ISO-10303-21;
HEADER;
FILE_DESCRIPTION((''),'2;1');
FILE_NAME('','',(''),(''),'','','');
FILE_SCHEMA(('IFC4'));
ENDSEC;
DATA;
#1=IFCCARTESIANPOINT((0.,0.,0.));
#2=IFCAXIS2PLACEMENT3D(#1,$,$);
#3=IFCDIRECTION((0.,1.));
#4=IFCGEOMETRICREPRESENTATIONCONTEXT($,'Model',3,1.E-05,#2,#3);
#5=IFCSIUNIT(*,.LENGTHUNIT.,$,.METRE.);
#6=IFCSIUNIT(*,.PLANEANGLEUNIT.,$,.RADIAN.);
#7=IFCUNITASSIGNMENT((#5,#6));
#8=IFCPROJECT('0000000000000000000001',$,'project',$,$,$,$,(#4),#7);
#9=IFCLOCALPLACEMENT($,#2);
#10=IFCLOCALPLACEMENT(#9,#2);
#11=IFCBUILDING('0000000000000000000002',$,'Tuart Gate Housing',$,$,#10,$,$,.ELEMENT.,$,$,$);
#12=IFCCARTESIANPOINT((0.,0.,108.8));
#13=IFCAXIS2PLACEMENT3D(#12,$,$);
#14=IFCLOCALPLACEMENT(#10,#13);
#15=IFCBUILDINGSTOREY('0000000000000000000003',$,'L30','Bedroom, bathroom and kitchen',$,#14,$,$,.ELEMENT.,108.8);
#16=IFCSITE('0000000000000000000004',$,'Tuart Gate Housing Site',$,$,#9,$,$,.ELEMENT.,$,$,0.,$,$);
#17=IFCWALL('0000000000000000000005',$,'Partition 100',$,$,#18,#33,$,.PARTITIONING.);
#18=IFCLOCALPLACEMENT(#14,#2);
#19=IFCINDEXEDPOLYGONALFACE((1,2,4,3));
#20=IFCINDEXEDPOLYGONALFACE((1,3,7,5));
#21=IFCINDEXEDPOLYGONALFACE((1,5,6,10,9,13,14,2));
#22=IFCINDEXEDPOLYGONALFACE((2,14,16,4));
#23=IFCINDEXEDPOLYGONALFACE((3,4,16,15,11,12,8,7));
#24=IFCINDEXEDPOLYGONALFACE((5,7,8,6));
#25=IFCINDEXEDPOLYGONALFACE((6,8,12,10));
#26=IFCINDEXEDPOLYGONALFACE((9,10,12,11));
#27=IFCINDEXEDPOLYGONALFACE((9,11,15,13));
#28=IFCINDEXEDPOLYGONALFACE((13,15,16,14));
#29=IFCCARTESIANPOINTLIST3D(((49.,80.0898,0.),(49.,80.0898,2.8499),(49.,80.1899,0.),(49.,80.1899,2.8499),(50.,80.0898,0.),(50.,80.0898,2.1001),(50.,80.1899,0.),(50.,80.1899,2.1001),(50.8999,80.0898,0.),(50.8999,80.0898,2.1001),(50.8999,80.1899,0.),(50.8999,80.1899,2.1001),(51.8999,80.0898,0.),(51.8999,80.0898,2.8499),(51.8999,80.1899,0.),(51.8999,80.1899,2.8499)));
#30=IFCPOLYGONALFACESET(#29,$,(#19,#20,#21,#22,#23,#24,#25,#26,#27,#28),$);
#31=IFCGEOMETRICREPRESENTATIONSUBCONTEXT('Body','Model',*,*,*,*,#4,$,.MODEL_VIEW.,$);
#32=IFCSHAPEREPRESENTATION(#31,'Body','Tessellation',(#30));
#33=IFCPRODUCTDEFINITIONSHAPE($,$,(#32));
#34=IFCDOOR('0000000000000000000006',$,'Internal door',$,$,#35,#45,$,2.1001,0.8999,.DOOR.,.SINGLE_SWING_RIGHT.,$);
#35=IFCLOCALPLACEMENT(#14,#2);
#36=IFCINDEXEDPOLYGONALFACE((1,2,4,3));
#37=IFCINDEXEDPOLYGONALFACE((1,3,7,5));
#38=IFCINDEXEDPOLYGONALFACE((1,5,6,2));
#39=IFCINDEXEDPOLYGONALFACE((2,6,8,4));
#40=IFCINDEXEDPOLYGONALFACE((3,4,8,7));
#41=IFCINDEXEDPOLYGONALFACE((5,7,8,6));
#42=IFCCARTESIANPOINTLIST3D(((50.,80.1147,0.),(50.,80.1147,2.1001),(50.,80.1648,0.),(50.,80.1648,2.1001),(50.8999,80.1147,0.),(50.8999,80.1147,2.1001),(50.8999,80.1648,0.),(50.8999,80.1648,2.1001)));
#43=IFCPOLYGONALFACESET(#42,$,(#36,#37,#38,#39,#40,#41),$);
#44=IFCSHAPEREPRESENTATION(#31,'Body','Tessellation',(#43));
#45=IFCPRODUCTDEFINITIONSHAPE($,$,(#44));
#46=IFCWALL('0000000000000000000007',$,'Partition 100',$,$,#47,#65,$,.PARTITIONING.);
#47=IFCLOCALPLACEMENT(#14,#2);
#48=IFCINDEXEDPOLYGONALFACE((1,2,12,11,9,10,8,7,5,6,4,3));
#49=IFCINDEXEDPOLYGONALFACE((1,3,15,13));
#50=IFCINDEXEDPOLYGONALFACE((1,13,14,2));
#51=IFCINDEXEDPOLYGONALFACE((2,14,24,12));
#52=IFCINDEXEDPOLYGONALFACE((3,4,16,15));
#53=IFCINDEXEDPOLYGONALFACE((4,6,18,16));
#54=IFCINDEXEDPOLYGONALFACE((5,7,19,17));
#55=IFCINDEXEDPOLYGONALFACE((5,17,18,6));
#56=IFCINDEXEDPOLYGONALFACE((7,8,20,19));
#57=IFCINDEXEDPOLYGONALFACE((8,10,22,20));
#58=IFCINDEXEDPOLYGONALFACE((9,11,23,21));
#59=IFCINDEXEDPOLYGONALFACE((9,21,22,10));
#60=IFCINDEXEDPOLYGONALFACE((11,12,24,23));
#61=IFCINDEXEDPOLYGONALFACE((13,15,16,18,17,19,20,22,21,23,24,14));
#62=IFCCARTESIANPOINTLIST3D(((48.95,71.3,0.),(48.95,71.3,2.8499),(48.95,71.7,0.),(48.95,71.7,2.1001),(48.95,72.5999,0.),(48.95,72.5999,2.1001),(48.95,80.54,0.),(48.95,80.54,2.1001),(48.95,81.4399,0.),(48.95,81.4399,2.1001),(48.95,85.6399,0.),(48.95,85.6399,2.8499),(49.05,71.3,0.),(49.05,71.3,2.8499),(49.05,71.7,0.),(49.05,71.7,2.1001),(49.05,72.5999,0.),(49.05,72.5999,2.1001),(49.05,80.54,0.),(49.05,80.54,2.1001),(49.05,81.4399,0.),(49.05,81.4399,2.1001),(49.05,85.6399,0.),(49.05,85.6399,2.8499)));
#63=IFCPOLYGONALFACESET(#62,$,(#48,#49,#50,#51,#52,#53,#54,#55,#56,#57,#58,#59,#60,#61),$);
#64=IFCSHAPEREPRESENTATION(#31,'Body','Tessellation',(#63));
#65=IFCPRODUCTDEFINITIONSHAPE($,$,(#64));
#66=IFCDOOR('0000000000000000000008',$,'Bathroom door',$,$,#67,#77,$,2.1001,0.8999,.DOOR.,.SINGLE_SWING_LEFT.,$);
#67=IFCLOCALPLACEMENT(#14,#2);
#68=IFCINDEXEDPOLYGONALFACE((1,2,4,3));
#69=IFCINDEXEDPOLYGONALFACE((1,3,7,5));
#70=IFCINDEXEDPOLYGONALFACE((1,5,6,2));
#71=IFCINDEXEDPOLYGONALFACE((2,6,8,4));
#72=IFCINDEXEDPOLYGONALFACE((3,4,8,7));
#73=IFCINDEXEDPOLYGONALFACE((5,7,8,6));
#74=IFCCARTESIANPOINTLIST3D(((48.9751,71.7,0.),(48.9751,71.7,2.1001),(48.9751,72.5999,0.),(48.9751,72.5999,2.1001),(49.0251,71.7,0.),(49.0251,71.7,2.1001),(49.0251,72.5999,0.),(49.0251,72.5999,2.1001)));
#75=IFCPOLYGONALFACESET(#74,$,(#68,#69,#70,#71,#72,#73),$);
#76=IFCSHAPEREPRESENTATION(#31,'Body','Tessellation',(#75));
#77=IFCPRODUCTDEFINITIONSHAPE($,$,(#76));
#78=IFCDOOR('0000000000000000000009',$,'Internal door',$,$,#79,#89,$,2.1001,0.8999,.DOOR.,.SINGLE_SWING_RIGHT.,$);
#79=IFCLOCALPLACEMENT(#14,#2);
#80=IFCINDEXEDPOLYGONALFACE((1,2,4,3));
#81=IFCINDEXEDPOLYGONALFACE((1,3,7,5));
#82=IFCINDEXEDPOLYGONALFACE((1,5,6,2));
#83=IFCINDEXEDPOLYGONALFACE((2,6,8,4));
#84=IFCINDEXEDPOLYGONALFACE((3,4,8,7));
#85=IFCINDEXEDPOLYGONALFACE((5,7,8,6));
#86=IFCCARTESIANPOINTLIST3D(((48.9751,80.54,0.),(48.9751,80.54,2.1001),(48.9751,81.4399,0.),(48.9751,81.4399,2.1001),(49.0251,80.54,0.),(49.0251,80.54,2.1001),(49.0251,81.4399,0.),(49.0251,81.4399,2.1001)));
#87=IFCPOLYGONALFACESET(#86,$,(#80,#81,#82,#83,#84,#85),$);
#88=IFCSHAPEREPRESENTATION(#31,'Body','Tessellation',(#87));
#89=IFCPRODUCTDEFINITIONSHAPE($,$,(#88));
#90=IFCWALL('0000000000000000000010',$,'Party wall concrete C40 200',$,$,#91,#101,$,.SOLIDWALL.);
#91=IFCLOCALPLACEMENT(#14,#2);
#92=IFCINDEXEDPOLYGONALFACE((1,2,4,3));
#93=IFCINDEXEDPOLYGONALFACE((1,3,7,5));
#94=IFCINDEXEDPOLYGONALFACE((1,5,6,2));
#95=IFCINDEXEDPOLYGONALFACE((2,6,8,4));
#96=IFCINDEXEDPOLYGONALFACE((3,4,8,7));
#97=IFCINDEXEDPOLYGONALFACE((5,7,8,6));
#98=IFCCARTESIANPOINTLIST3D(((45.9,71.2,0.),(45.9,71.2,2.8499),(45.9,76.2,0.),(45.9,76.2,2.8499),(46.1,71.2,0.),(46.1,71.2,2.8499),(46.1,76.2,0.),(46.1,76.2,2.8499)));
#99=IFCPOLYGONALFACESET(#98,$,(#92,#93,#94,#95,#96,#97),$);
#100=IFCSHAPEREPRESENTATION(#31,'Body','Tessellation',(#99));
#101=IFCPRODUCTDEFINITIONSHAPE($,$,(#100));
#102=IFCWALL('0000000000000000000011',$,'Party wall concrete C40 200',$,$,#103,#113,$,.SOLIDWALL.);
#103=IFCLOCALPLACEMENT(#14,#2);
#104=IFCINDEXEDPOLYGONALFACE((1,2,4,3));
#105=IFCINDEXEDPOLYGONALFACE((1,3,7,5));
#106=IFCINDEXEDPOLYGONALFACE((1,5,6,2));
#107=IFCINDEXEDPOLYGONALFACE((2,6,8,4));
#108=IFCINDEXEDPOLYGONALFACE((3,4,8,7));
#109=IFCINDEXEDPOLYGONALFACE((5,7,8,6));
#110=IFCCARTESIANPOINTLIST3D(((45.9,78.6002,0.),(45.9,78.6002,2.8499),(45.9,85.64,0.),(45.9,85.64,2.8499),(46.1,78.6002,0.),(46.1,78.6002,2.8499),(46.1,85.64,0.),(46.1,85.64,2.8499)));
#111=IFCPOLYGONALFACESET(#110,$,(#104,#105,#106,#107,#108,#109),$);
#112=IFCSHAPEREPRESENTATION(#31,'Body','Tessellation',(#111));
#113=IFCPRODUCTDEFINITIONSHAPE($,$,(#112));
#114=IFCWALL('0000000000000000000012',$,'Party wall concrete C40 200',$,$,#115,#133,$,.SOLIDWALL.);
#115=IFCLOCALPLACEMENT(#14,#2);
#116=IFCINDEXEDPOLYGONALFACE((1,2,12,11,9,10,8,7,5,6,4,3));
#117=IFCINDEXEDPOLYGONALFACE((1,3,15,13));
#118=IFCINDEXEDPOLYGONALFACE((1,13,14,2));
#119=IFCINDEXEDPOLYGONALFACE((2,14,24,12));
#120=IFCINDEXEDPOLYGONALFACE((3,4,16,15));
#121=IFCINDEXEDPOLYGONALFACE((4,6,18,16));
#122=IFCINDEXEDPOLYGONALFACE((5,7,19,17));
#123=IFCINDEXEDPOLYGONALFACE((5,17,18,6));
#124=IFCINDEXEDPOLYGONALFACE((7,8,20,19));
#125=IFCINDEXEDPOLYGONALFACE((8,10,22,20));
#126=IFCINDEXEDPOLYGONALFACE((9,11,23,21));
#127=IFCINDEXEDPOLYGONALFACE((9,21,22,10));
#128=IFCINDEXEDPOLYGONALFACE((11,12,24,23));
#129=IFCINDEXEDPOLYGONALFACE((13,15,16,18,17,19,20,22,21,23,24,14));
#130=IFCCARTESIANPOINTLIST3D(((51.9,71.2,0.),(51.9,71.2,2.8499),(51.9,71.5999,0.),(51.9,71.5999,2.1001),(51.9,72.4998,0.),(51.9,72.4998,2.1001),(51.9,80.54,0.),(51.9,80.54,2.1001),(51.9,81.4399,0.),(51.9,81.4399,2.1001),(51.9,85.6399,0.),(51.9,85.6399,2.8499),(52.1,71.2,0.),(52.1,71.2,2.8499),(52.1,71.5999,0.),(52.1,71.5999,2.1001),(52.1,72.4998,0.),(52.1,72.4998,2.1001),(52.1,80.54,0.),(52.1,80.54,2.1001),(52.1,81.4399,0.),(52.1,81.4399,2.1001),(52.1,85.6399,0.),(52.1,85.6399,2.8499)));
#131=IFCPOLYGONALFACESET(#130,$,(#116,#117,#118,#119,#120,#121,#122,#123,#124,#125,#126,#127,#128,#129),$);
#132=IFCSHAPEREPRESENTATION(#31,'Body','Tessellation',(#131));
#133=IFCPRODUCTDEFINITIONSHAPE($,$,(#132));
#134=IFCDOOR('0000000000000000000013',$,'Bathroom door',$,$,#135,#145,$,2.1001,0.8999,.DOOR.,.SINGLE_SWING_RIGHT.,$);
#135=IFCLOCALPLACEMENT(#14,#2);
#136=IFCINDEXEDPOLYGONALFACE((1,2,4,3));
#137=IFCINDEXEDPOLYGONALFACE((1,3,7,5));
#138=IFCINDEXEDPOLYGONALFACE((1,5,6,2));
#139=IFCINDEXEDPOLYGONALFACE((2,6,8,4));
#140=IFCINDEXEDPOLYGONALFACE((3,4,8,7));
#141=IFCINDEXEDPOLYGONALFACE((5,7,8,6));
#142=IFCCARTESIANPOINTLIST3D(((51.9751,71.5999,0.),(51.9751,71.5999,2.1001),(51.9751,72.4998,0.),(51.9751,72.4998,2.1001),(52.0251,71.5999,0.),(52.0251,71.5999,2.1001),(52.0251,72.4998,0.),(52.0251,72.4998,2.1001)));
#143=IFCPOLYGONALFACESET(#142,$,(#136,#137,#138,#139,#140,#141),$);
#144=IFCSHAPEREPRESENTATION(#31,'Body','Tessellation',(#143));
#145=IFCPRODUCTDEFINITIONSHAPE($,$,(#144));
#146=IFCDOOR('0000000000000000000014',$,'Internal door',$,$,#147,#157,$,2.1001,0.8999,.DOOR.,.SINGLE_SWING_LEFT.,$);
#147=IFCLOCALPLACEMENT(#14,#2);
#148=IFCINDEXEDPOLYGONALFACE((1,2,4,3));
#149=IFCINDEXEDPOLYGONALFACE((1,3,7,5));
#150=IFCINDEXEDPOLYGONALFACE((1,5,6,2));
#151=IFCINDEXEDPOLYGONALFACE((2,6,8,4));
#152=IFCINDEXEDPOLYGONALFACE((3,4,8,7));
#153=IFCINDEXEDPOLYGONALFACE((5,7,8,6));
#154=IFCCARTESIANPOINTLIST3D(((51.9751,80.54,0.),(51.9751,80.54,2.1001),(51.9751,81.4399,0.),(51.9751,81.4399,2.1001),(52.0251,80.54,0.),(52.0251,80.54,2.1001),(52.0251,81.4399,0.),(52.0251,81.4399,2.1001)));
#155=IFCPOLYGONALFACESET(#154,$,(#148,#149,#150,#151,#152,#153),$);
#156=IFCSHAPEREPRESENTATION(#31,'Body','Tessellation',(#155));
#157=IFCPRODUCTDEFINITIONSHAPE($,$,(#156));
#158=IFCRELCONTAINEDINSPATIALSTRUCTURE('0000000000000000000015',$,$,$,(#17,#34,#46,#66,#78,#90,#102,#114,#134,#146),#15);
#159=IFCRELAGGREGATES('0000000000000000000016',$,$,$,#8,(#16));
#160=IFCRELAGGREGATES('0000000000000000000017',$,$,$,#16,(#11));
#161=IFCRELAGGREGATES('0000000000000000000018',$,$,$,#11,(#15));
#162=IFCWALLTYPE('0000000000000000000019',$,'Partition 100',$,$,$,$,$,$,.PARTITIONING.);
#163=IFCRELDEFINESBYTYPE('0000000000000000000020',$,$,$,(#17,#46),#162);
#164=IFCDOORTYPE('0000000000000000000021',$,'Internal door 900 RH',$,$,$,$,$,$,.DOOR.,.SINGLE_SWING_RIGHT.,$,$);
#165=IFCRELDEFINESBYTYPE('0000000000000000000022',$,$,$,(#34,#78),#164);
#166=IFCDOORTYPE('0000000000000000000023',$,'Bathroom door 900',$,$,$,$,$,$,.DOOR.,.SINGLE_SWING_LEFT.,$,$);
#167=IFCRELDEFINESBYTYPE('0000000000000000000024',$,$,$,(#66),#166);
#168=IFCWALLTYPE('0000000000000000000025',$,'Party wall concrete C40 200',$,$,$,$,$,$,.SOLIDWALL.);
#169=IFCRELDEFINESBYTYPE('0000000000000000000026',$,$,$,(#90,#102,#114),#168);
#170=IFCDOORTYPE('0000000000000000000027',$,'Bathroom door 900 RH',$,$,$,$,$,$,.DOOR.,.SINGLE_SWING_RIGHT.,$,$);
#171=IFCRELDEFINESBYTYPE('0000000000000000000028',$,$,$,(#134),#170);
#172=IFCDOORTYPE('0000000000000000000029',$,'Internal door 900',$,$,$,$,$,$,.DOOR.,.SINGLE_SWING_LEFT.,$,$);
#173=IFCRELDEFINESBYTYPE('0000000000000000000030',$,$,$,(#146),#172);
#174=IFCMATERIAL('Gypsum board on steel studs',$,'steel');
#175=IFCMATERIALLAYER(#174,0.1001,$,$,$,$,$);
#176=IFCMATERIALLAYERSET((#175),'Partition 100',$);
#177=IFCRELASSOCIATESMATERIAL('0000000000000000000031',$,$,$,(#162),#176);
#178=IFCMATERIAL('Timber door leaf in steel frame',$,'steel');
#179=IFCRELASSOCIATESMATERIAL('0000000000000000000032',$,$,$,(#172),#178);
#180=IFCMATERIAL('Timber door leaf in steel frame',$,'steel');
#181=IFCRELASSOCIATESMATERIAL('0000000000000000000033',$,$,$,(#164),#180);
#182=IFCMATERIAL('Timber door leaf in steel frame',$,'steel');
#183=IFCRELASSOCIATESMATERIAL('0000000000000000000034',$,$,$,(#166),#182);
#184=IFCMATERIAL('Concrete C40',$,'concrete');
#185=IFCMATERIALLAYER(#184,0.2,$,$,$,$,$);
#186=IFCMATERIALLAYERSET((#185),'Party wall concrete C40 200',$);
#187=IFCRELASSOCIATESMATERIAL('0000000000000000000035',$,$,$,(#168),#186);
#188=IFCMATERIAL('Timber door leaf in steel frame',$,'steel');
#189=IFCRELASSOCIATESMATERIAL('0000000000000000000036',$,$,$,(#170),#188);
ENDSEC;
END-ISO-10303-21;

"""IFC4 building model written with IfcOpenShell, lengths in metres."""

from ifc_helpers import new_model, si_unit, direction, frame, frame_2d, origin, place, context, subcontext, project, spatial, rectangle, extrude, material, layer, layer_set, type_object, element, fill, save


model = new_model("IFC4")

# Units and contexts
model_context = context("Model", 3, precision=1e-05, world=origin(), true_north=direction((0.0, 1.0)))
body_context = subcontext(model_context, "Body", "Model", "MODEL_VIEW")
ifc_project = project(units=[si_unit("LENGTHUNIT", "METRE"), si_unit("PLANEANGLEUNIT", "RADIAN")], contexts=[model_context])

# Site, building, storey
site_placement = place(None, origin())
site = spatial("IfcSite", under=ifc_project, at=site_placement, Name="Tuart Gate Housing Site", CompositionType="ELEMENT", RefElevation=0.0)
building_placement = place(site_placement, origin())
building = spatial("IfcBuilding", under=site, at=building_placement, Name="Tuart Gate Housing", CompositionType="ELEMENT")
storey_placement = place(building_placement, frame((0.0, 0.0, 108.8)))
storey = spatial("IfcBuildingStorey", under=building, at=storey_placement, Name="L30", Description="Bedroom, bathroom and kitchen", CompositionType="ELEMENT", Elevation=108.8)

# Shared definitions
ifc_material_1 = material(Name="Gypsum board on steel studs", Category="steel")
ifc_layer_1 = layer(ifc_material_1, 0.1001)
ifc_layer_set_1 = layer_set([ifc_layer_1], Name="Partition 100")
wall_type_1 = type_object("IfcWallType", Name="Partition 100", PredefinedType="PARTITIONING", material=ifc_layer_set_1)

# Wall, opening, door
ifc_material_2 = material(Name="Timber door leaf in steel frame", Category="steel")
door_type_1 = type_object("IfcDoorType", Name="Internal door 900", OperationType="SINGLE_SWING_LEFT", PredefinedType="DOOR", material=ifc_material_2)
wall_1_placement = place(storey_placement, frame((49.0, 80.1399, 0.0), z_axis=(0.0, 0.0, 1.0), x_axis=(1.0, 0.0, 0.0)))
wall_1 = element("IfcWall", 1, at=wall_1_placement, inside=storey, type_object=wall_type_1, Name="Partition 100", PredefinedType="PARTITIONING", context=body_context, shape_type="SweptSolid", body=[
    extrude(rectangle(XDim=2.8999, YDim=0.1001, at=frame_2d((1.45, 0.0))), origin(), (0.0, 0.0, 1.0), 2.8499),
])
opening_1_placement = place(wall_1_placement, frame((1.0, 0.0, 0.0)))
opening_1 = element("IfcOpeningElement", 2, at=opening_1_placement, cuts=wall_1, PredefinedType="OPENING", context=body_context, shape_type="SweptSolid", body=[
    extrude(rectangle(XDim=0.8999, YDim=2.1001, at=frame_2d((0.45, 1.05))), frame((0.0, 0.0601, 0.0), z_axis=(0.0, -1.0, 0.0), x_axis=(1.0, 0.0, 0.0)), (0.0, 0.0, 1.0), 0.1201),
])
ifc_material_3 = material(Name="Timber door leaf in steel frame", Category="steel")
door_type_2 = type_object("IfcDoorType", Name="Internal door 900 RH", OperationType="SINGLE_SWING_RIGHT", PredefinedType="DOOR", material=ifc_material_3)
door_1_placement = place(opening_1_placement, frame((0.8999, 0.0, 0.0), z_axis=(0.0, 0.0, 1.0), x_axis=(-1.0, 0.0, 0.0)))
door_1 = element("IfcDoor", 3, at=door_1_placement, inside=storey, type_object=door_type_2, Name="Internal door", OperationType="SINGLE_SWING_RIGHT", OverallHeight=2.1001, OverallWidth=0.8999, PredefinedType="DOOR", context=body_context, shape_type="SweptSolid", body=[
    extrude(rectangle(XDim=0.8999, YDim=2.1001, at=frame_2d((0.45, 1.05))), frame((0.0, 0.0251, 0.0), z_axis=(0.0, -1.0, 0.0), x_axis=(1.0, 0.0, 0.0)), (0.0, 0.0, 1.0), 0.05),
])
fill(opening_1, door_1)

# Wall, openings, doors
wall_2_placement = place(storey_placement, frame((49.0, 71.3, 0.0), z_axis=(0.0, 0.0, 1.0), x_axis=(0.0, 1.0, 0.0)))
wall_2 = element("IfcWall", 4, at=wall_2_placement, inside=storey, type_object=wall_type_1, Name="Partition 100", PredefinedType="PARTITIONING", context=body_context, shape_type="SweptSolid", body=[
    extrude(rectangle(XDim=14.3398, YDim=0.1001, at=frame_2d((7.1699, 0.0))), origin(), (0.0, 0.0, 1.0), 2.8499),
])
opening_2_placement = place(wall_2_placement, frame((9.24, 0.0, 0.0)))
opening_2 = element("IfcOpeningElement", 5, at=opening_2_placement, cuts=wall_2, PredefinedType="OPENING", context=body_context, shape_type="SweptSolid", body=[
    extrude(rectangle(XDim=0.8999, YDim=2.1001, at=frame_2d((0.45, 1.05))), frame((0.0, 0.0601, 0.0), z_axis=(0.0, -1.0, 0.0), x_axis=(1.0, 0.0, 0.0)), (0.0, 0.0, 1.0), 0.1201),
])
opening_3_placement = place(wall_2_placement, frame((0.3999, 0.0, 0.0)))
opening_3 = element("IfcOpeningElement", 6, at=opening_3_placement, cuts=wall_2, PredefinedType="OPENING", context=body_context, shape_type="SweptSolid", body=[
    extrude(rectangle(XDim=0.8999, YDim=2.1001, at=frame_2d((0.45, 1.05))), frame((0.0, 0.0601, 0.0), z_axis=(0.0, -1.0, 0.0), x_axis=(1.0, 0.0, 0.0)), (0.0, 0.0, 1.0), 0.1201),
])
ifc_material_4 = material(Name="Timber door leaf in steel frame", Category="steel")
door_type_3 = type_object("IfcDoorType", Name="Bathroom door 900", OperationType="SINGLE_SWING_LEFT", PredefinedType="DOOR", material=ifc_material_4)
door_2_placement = place(opening_3_placement, origin())
door_2 = element("IfcDoor", 7, at=door_2_placement, inside=storey, type_object=door_type_3, Name="Bathroom door", OperationType="SINGLE_SWING_LEFT", OverallHeight=2.1001, OverallWidth=0.8999, PredefinedType="DOOR", context=body_context, shape_type="SweptSolid", body=[
    extrude(rectangle(XDim=0.8999, YDim=2.1001, at=frame_2d((0.45, 1.05))), frame((0.0, 0.0249, 0.0), z_axis=(0.0, -1.0, 0.0), x_axis=(1.0, 0.0, 0.0)), (0.0, 0.0, 1.0), 0.05),
])
fill(opening_3, door_2)
door_3_placement = place(opening_2_placement, origin())
door_3 = element("IfcDoor", 8, at=door_3_placement, inside=storey, type_object=door_type_2, Name="Internal door", OperationType="SINGLE_SWING_RIGHT", OverallHeight=2.1001, OverallWidth=0.8999, PredefinedType="DOOR", context=body_context, shape_type="SweptSolid", body=[
    extrude(rectangle(XDim=0.8999, YDim=2.1001, at=frame_2d((0.45, 1.05))), frame((0.0, 0.0249, 0.0), z_axis=(0.0, -1.0, 0.0), x_axis=(1.0, 0.0, 0.0)), (0.0, 0.0, 1.0), 0.05),
])
fill(opening_2, door_3)

# Walls
ifc_material_5 = material(Name="Concrete C40", Category="concrete")
ifc_layer_2 = layer(ifc_material_5, 0.2)
ifc_layer_set_2 = layer_set([ifc_layer_2], Name="Party wall concrete C40 200")
wall_type_2 = type_object("IfcWallType", Name="Party wall concrete C40 200", PredefinedType="SOLIDWALL", material=ifc_layer_set_2)
wall_3_placement = place(storey_placement, frame((46.0, 71.2, 0.0), z_axis=(0.0, 0.0, 1.0), x_axis=(0.0, 1.0, 0.0)))
element("IfcWall", 9, at=wall_3_placement, inside=storey, type_object=wall_type_2, Name="Party wall concrete C40 200", PredefinedType="SOLIDWALL", context=body_context, shape_type="SweptSolid", body=[
    extrude(rectangle(XDim=5.0, YDim=0.2, at=frame_2d((2.5, 0.0))), origin(), (0.0, 0.0, 1.0), 2.8499),
])
wall_4_placement = place(storey_placement, frame((46.0, 78.6001, 0.0), z_axis=(0.0, 0.0, 1.0), x_axis=(0.0, 1.0, 0.0)))
element("IfcWall", 10, at=wall_4_placement, inside=storey, type_object=wall_type_2, Name="Party wall concrete C40 200", PredefinedType="SOLIDWALL", context=body_context, shape_type="SweptSolid", body=[
    extrude(rectangle(XDim=7.0398, YDim=0.2, at=frame_2d((3.52, 0.0))), origin(), (0.0, 0.0, 1.0), 2.8499),
])

# Wall, openings, doors
wall_5_placement = place(storey_placement, frame((52.0, 71.2, 0.0), z_axis=(0.0, 0.0, 1.0), x_axis=(0.0, 1.0, 0.0)))
wall_5 = element("IfcWall", 11, at=wall_5_placement, inside=storey, type_object=wall_type_2, Name="Party wall concrete C40 200", PredefinedType="SOLIDWALL", context=body_context, shape_type="SweptSolid", body=[
    extrude(rectangle(XDim=14.4399, YDim=0.2, at=frame_2d((7.22, 0.0))), origin(), (0.0, 0.0, 1.0), 2.8499),
])
opening_4_placement = place(wall_5_placement, frame((9.3401, 0.0, 0.0)))
opening_4 = element("IfcOpeningElement", 12, at=opening_4_placement, cuts=wall_5, PredefinedType="OPENING", context=body_context, shape_type="SweptSolid", body=[
    extrude(rectangle(XDim=0.8999, YDim=2.1001, at=frame_2d((0.45, 1.05))), frame((0.0, 0.1099, 0.0), z_axis=(0.0, -1.0, 0.0), x_axis=(1.0, 0.0, 0.0)), (0.0, 0.0, 1.0), 0.22),
])
opening_5_placement = place(wall_5_placement, frame((0.3999, 0.0, 0.0)))
opening_5 = element("IfcOpeningElement", 13, at=opening_5_placement, cuts=wall_5, PredefinedType="OPENING", context=body_context, shape_type="SweptSolid", body=[
    extrude(rectangle(XDim=0.8999, YDim=2.1001, at=frame_2d((0.45, 1.05))), frame((0.0, 0.1099, 0.0), z_axis=(0.0, -1.0, 0.0), x_axis=(1.0, 0.0, 0.0)), (0.0, 0.0, 1.0), 0.22),
])
ifc_material_6 = material(Name="Timber door leaf in steel frame", Category="steel")
door_type_4 = type_object("IfcDoorType", Name="Bathroom door 900 RH", OperationType="SINGLE_SWING_RIGHT", PredefinedType="DOOR", material=ifc_material_6)
door_4_placement = place(opening_5_placement, frame((0.8999, 0.0, 0.0), z_axis=(0.0, 0.0, 1.0), x_axis=(-1.0, 0.0, 0.0)))
door_4 = element("IfcDoor", 14, at=door_4_placement, inside=storey, type_object=door_type_4, Name="Bathroom door", OperationType="SINGLE_SWING_RIGHT", OverallHeight=2.1001, OverallWidth=0.8999, PredefinedType="DOOR", context=body_context, shape_type="SweptSolid", body=[
    extrude(rectangle(XDim=0.8999, YDim=2.1001, at=frame_2d((0.45, 1.05))), frame((0.0, 0.0251, 0.0), z_axis=(0.0, -1.0, 0.0), x_axis=(1.0, 0.0, 0.0)), (0.0, 0.0, 1.0), 0.05),
])
fill(opening_5, door_4)
door_5_placement = place(opening_4_placement, frame((0.8999, 0.0, 0.0), z_axis=(0.0, 0.0, 1.0), x_axis=(-1.0, 0.0, 0.0)))
door_5 = element("IfcDoor", 15, at=door_5_placement, inside=storey, type_object=door_type_1, Name="Internal door", OperationType="SINGLE_SWING_LEFT", OverallHeight=2.1001, OverallWidth=0.8999, PredefinedType="DOOR", context=body_context, shape_type="SweptSolid", body=[
    extrude(rectangle(XDim=0.8999, YDim=2.1001, at=frame_2d((0.45, 1.05))), frame((0.0, 0.0251, 0.0), z_axis=(0.0, -1.0, 0.0), x_axis=(1.0, 0.0, 0.0)), (0.0, 0.0, 1.0), 0.05),
])
fill(opening_4, door_5)

save(model, "model.ifc")
